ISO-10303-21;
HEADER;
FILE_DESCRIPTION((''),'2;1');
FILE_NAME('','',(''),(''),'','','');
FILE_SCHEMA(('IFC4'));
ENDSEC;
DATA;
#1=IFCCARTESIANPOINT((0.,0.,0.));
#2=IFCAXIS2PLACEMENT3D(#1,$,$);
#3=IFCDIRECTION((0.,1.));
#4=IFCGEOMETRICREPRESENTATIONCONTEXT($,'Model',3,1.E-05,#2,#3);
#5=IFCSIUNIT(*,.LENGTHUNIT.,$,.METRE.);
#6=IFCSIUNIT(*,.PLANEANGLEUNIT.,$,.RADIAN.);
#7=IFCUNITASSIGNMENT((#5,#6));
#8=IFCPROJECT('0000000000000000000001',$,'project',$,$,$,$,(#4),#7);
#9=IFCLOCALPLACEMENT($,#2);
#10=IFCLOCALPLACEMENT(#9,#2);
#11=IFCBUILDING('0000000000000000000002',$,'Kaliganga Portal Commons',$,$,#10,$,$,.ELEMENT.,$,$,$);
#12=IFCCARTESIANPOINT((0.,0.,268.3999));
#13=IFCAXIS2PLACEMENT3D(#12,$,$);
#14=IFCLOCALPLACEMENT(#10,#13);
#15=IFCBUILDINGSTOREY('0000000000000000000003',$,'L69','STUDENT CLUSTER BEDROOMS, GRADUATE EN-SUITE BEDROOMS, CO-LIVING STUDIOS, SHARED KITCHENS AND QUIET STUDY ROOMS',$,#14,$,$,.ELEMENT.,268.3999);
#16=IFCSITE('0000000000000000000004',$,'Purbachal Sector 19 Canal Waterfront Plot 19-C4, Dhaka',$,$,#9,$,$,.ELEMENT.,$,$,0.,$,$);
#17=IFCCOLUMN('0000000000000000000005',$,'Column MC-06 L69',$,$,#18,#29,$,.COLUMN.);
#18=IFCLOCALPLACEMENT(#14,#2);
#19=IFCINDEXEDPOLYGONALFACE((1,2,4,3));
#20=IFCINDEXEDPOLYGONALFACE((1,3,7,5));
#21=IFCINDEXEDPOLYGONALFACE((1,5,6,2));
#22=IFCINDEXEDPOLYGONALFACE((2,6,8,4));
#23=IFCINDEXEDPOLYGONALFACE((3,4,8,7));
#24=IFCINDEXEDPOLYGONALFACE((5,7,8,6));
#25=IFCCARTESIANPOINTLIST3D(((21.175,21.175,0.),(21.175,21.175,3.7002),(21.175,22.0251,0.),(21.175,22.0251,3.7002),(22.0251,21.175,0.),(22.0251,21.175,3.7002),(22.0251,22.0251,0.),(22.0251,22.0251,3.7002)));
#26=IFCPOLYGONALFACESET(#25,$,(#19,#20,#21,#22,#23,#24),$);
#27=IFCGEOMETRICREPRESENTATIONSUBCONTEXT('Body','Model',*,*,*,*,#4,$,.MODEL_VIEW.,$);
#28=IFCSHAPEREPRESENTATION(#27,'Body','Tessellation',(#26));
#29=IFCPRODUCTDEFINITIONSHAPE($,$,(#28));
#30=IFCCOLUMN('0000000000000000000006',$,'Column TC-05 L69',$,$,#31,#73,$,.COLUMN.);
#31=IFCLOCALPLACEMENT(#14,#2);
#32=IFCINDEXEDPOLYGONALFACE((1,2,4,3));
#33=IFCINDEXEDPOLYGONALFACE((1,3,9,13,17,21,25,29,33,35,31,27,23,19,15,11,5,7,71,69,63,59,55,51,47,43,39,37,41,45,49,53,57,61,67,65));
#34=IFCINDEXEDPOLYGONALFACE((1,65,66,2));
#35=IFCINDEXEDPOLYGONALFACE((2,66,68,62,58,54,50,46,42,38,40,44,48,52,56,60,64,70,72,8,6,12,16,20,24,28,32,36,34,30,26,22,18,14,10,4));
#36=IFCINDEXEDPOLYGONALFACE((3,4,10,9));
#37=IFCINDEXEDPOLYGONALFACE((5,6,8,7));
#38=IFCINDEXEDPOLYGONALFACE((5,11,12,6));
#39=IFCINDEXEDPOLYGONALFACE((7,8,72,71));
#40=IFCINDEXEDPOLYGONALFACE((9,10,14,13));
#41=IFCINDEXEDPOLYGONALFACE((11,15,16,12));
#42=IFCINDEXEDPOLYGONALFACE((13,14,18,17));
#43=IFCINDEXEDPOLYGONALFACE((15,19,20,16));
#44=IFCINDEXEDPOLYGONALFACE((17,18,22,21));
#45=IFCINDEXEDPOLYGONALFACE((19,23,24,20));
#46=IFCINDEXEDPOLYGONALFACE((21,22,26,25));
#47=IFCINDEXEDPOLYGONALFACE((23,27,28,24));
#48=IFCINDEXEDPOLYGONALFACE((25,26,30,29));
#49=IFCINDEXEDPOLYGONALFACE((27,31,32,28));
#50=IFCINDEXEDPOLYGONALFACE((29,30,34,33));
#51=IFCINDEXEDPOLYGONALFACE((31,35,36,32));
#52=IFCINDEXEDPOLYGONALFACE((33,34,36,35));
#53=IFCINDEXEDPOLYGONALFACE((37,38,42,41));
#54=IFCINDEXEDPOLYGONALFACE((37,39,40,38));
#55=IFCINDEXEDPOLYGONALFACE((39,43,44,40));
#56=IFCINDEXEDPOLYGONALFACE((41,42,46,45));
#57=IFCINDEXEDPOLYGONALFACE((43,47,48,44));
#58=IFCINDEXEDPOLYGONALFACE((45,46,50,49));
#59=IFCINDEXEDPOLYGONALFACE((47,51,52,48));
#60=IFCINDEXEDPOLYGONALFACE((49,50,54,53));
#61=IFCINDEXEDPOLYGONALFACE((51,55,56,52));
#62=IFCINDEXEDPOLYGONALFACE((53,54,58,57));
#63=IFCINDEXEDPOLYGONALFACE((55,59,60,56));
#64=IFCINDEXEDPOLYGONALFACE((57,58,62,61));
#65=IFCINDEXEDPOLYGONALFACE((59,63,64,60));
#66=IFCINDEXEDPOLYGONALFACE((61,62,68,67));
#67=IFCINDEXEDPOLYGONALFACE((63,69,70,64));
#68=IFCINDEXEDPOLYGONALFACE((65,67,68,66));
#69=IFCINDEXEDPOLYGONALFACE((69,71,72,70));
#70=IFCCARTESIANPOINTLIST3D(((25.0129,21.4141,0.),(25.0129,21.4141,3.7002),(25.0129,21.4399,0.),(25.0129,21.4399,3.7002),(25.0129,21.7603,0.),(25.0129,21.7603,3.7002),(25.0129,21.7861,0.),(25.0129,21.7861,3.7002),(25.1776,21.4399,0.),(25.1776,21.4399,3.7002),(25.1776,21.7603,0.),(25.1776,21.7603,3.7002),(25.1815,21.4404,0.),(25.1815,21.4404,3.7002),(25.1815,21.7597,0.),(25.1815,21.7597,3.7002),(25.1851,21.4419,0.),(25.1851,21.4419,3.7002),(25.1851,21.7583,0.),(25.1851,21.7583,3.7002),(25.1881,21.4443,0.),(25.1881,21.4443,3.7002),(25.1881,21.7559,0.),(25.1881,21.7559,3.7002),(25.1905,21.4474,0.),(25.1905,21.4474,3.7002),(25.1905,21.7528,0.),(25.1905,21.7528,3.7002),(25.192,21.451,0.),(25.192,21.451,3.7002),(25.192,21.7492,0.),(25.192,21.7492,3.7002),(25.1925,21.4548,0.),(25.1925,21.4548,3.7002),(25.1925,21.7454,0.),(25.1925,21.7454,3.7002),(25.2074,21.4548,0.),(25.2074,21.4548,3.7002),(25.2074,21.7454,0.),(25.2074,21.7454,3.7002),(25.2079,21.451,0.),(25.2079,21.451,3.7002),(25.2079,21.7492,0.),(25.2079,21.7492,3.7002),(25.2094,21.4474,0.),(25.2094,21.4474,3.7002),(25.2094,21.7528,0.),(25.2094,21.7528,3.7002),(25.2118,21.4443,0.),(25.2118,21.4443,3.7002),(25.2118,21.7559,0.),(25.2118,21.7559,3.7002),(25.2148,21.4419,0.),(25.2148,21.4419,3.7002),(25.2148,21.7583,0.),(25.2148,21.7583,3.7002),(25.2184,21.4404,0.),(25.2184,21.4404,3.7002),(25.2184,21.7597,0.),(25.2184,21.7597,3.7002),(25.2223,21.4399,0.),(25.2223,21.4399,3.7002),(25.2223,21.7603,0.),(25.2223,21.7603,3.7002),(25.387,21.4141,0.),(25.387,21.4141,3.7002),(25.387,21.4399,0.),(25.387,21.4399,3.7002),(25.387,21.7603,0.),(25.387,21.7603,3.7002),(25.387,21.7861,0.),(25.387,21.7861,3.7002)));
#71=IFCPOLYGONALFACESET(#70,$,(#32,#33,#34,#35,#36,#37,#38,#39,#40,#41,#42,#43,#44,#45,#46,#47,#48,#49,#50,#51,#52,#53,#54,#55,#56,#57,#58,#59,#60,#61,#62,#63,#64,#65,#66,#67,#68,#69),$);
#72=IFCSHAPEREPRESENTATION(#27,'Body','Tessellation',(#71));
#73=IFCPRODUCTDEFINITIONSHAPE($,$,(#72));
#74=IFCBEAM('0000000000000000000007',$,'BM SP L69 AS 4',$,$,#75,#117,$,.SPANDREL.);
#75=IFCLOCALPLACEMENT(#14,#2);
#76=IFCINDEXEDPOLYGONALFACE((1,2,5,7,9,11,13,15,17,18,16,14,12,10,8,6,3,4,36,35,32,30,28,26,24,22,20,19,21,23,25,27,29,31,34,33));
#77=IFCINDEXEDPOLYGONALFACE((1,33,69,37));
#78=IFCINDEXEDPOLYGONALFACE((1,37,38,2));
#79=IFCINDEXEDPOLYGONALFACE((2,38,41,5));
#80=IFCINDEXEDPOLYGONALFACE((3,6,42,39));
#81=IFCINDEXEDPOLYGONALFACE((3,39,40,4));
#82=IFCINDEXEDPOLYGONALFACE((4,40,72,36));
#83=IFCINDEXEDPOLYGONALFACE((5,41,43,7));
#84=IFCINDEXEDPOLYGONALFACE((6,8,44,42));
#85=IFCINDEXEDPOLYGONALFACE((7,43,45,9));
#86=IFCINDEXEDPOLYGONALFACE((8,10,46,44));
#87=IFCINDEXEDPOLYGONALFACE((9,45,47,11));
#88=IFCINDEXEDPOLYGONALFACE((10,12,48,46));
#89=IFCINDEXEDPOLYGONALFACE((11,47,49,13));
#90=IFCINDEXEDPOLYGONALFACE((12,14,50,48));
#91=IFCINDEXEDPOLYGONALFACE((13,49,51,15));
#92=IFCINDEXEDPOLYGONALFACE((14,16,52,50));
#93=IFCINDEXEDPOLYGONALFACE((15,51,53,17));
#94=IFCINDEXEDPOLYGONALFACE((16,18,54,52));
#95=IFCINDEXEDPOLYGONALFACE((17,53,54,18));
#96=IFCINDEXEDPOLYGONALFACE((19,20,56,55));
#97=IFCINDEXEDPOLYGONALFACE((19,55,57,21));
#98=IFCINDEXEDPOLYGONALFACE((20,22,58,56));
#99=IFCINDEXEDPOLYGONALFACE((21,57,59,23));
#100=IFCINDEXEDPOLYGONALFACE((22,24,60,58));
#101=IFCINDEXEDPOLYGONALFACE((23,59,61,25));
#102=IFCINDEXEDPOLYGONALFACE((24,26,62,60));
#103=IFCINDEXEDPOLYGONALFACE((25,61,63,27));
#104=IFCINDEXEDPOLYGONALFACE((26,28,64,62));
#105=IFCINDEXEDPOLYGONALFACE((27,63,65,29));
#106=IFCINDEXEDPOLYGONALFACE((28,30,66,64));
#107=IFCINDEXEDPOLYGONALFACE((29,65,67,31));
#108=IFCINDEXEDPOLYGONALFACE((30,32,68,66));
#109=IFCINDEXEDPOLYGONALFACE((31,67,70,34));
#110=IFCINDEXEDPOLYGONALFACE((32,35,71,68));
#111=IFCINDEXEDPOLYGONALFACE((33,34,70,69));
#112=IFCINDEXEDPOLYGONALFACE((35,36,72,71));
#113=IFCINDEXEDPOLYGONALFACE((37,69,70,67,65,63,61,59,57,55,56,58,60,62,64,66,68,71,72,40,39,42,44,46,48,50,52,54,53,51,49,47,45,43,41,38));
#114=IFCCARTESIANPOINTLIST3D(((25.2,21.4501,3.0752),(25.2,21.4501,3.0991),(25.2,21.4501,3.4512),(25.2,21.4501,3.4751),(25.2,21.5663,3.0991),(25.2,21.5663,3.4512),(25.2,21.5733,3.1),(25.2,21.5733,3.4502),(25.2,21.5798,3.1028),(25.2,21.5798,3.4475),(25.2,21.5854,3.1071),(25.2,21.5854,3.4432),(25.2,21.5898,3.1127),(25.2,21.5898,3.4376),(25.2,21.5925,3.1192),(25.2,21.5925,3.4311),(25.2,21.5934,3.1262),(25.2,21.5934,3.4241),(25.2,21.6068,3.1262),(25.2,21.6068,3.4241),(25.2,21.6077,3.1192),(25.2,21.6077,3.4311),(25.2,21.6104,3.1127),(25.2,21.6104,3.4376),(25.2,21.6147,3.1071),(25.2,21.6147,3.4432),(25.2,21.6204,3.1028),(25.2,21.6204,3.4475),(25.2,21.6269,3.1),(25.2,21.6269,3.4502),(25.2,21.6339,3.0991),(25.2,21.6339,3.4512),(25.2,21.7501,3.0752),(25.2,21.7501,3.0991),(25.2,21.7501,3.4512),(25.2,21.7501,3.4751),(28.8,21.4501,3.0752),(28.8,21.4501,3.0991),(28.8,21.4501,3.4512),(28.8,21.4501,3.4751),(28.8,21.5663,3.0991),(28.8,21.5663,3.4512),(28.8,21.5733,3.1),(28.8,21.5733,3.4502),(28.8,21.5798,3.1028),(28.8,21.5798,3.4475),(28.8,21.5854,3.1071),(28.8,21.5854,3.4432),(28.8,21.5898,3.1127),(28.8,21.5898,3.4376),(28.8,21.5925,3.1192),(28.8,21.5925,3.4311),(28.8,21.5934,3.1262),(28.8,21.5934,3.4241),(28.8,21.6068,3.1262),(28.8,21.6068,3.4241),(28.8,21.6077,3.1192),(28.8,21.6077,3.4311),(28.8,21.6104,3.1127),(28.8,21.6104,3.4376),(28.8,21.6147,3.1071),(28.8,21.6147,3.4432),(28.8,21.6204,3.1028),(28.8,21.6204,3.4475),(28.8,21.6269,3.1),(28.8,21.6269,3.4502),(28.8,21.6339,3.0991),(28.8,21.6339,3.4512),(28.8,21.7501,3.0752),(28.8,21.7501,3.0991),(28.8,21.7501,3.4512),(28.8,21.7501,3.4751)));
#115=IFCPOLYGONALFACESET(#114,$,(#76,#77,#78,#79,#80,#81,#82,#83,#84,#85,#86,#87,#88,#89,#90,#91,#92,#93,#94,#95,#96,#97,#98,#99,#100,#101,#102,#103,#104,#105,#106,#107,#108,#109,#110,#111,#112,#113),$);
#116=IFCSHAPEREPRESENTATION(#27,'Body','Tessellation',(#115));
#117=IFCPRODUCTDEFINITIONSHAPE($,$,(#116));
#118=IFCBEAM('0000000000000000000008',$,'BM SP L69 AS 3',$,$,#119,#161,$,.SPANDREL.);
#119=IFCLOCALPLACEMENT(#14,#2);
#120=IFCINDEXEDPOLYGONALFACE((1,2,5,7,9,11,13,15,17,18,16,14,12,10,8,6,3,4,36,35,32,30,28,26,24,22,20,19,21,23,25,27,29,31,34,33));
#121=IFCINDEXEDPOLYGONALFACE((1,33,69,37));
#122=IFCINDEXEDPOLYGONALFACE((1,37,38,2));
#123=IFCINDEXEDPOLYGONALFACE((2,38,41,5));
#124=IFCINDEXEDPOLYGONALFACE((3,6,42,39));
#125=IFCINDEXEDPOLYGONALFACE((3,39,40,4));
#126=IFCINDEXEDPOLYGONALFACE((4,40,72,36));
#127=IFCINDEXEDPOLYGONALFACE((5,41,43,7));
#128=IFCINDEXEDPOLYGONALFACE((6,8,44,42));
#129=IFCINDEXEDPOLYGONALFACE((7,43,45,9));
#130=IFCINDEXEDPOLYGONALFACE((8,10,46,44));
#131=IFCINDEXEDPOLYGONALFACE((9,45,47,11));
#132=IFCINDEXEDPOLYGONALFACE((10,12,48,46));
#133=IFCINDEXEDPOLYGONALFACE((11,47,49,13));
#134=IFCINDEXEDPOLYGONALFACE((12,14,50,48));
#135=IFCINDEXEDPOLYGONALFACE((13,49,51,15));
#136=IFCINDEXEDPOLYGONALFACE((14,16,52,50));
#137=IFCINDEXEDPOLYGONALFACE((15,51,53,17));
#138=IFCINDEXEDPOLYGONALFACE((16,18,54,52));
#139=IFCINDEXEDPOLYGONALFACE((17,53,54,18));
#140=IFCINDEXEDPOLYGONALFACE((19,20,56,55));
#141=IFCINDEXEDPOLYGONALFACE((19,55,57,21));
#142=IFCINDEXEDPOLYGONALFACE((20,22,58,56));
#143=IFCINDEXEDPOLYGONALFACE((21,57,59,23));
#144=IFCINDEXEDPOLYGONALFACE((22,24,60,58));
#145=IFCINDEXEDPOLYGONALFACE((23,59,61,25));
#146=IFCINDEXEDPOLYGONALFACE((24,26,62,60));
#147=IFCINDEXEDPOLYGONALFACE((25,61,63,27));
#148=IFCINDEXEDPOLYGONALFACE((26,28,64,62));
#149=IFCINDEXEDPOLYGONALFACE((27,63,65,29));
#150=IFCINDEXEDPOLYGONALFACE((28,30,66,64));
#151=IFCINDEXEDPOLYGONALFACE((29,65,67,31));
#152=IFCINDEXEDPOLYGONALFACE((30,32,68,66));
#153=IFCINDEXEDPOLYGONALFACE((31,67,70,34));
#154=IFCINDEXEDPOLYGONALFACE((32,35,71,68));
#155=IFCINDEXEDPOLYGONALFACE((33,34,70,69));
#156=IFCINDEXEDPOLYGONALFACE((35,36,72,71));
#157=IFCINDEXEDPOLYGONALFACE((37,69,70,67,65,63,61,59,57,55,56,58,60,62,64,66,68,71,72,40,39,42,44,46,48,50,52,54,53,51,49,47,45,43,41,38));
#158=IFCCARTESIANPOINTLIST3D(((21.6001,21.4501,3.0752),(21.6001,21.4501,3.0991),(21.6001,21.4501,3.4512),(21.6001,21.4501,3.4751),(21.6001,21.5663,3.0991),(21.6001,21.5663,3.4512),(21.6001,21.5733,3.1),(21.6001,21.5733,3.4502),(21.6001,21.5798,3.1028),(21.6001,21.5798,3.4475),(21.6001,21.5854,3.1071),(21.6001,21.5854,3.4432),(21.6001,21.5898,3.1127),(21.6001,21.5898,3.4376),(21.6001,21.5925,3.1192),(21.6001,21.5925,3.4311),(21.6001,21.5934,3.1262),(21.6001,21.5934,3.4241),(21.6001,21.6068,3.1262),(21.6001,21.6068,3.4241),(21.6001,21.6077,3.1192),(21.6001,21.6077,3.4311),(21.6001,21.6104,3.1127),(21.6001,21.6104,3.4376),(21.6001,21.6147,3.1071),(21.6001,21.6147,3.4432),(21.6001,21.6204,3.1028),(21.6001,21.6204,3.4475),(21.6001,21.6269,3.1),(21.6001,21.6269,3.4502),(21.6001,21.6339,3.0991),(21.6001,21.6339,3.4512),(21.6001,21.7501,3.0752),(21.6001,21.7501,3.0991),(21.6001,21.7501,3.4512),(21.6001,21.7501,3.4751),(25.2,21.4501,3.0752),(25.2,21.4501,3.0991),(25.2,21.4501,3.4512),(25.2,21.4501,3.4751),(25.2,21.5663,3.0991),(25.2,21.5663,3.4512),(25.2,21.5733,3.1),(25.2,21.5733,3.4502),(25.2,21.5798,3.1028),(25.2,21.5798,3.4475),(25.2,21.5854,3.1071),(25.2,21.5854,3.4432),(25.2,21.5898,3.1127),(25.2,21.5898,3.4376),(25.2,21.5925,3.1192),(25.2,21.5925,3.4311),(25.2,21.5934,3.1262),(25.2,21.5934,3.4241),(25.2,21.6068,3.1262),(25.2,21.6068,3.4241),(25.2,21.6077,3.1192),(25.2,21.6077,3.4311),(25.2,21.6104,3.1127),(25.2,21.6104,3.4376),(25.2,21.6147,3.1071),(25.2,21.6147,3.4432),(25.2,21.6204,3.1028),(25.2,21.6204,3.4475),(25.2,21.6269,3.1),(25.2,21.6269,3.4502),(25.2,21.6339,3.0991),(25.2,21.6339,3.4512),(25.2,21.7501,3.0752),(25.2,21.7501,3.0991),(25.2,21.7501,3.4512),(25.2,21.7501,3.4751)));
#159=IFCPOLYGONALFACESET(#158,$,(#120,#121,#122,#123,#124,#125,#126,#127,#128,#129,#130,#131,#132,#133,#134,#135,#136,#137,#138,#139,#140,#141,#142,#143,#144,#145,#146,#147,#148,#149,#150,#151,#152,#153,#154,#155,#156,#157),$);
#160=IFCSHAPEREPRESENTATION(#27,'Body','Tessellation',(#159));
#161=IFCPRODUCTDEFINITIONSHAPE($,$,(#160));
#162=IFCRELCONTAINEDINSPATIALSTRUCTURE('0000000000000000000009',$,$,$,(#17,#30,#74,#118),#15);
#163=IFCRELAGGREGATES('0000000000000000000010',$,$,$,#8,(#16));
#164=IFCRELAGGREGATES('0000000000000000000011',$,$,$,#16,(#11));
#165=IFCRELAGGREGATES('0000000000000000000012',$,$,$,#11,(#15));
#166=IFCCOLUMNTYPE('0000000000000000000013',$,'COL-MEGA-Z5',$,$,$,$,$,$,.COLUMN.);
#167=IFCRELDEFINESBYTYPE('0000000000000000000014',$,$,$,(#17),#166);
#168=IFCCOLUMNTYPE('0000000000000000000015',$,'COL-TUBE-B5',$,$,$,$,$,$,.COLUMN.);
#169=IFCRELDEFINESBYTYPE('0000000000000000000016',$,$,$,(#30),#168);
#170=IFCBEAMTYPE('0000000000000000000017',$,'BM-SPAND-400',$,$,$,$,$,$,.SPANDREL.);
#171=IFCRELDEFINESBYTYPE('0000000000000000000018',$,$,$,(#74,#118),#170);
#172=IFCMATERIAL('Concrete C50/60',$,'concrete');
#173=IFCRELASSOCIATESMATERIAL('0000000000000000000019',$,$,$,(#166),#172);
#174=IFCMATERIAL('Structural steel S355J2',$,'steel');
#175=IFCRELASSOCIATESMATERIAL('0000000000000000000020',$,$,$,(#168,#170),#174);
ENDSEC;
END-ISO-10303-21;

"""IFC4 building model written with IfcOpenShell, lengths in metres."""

from ifc_helpers import new_model, si_unit, direction, frame, origin, origin_2d, place, context, subcontext, project, spatial, rectangle, i_section, extrude, source, transform, mapped, material, material_profile, profile_set, type_object, element, save


model = new_model("IFC4")

# Units and contexts
model_context = context("Model", 3, precision=1e-05, world=origin(), true_north=direction((0.0, 1.0)))
body_context = subcontext(model_context, "Body", "Model", "MODEL_VIEW")
ifc_project = project(units=[si_unit("LENGTHUNIT", "METRE"), si_unit("PLANEANGLEUNIT", "RADIAN")], contexts=[model_context])

# Site, building, storey
site_placement = place(None, origin())
site = spatial("IfcSite", under=ifc_project, at=site_placement, Name="Purbachal Sector 19 Canal Waterfront Plot 19-C4, Dhaka", CompositionType="ELEMENT", RefElevation=0.0)
building_placement = place(site_placement, origin())
building = spatial("IfcBuilding", under=site, at=building_placement, Name="Kaliganga Portal Commons", CompositionType="ELEMENT")
storey_placement = place(building_placement, frame((0.0, 0.0, 268.3999)))
storey = spatial("IfcBuildingStorey", under=building, at=storey_placement, Name="L69", Description="STUDENT CLUSTER BEDROOMS, GRADUATE EN-SUITE BEDROOMS, CO-LIVING STUDIOS, SHARED KITCHENS AND QUIET STUDY ROOMS", CompositionType="ELEMENT", Elevation=268.3999)

# Columns
ifc_material_1 = material(Name="Concrete C50/60", Category="concrete")
ifc_material_profile_1 = material_profile(ifc_material_1, rectangle(XDim=0.8501, YDim=0.8501, at=origin_2d()), Name="RC 850x850")
ifc_profile_set_1 = profile_set([ifc_material_profile_1], Name="Concrete C50/60")
column_type_1 = type_object("IfcColumnType", Name="COL-MEGA-Z5", PredefinedType="COLUMN", material=ifc_profile_set_1)
shared_shape_1 = source(origin(), body_context, "Body", "SweptSolid", [
    extrude(rectangle(XDim=0.8501, YDim=0.8501, at=origin_2d()), origin(), (0.0, 0.0, 1.0), 3.7002),
])
column_1_placement = place(storey_placement, frame((21.6001, 21.6001, 0.0), z_axis=(0.0, 0.0, 1.0), x_axis=(1.0, 0.0, 0.0)))
element("IfcColumn", 1, at=column_1_placement, inside=storey, type_object=column_type_1, Name="Column MC-06 L69", PredefinedType="COLUMN", context=body_context, shape_type="MappedRepresentation", body=[
    mapped(shared_shape_1, transform((0.0, 0.0, 0.0), x_axis=(1.0, 0.0, 0.0), y_axis=(0.0, 1.0, 0.0), z_axis=(0.0, 0.0, 1.0), scale=1.0)),
])
ifc_material_2 = material(Name="Structural steel S355J2", Category="steel")
ifc_material_profile_2 = material_profile(ifc_material_2, i_section(OverallWidth=0.374, OverallDepth=0.3721, WebThickness=0.0149, FlangeThickness=0.0259, FilletRadius=0.0149, at=origin_2d()), Name="HD 360x196")
ifc_profile_set_2 = profile_set([ifc_material_profile_2], Name="Structural steel S355J2 wide-flange")
column_type_2 = type_object("IfcColumnType", Name="COL-TUBE-B5", PredefinedType="COLUMN", material=ifc_profile_set_2)
shared_shape_2 = source(origin(), body_context, "Body", "SweptSolid", [
    extrude(i_section(OverallWidth=0.374, OverallDepth=0.3721, WebThickness=0.0149, FlangeThickness=0.0259, FilletRadius=0.0149, at=origin_2d()), origin(), (0.0, 0.0, 1.0), 3.7002),
])
column_2_placement = place(storey_placement, frame((25.2, 21.6001, 0.0), z_axis=(0.0, 0.0, 1.0), x_axis=(1.0, 0.0, 0.0)))
element("IfcColumn", 2, at=column_2_placement, inside=storey, type_object=column_type_2, Name="Column TC-05 L69", PredefinedType="COLUMN", context=body_context, shape_type="MappedRepresentation", body=[
    mapped(shared_shape_2, transform((0.0, 0.0, 0.0), x_axis=(1.0, 0.0, 0.0), y_axis=(0.0, 1.0, 0.0), z_axis=(0.0, 0.0, 1.0), scale=1.0)),
])

# Beams
ifc_material_profile_3 = material_profile(ifc_material_2, i_section(OverallWidth=0.3, OverallDepth=0.3999, WebThickness=0.0134, FlangeThickness=0.0239, FilletRadius=0.0271, at=origin_2d()), Name="HE 400 B")
ifc_profile_set_3 = profile_set([ifc_material_profile_3], Name="Structural steel S355J2 wide-flange")
beam_type_1 = type_object("IfcBeamType", Name="BM-SPAND-400", PredefinedType="SPANDREL", material=ifc_profile_set_3)
shared_shape_3 = source(origin(), body_context, "Body", "SweptSolid", [
    extrude(i_section(OverallWidth=0.3, OverallDepth=0.3999, WebThickness=0.0134, FlangeThickness=0.0239, FilletRadius=0.0271, at=origin_2d()), origin(), (0.0, 0.0, 1.0), 3.6001),
])
beam_1_placement = place(storey_placement, frame((25.2, 21.6001, 3.2751), z_axis=(1.0, 0.0, 0.0), x_axis=(0.0, 1.0, 0.0)))
element("IfcBeam", 3, at=beam_1_placement, inside=storey, type_object=beam_type_1, Name="BM SP L69 AS 4", PredefinedType="SPANDREL", context=body_context, shape_type="MappedRepresentation", body=[
    mapped(shared_shape_3, transform((0.0, 0.0, 0.0), x_axis=(1.0, 0.0, 0.0), y_axis=(0.0, 1.0, 0.0), z_axis=(0.0, 0.0, 1.0), scale=1.0)),
])
shared_shape_4 = source(origin(), body_context, "Body", "SweptSolid", [
    extrude(i_section(OverallWidth=0.3, OverallDepth=0.3999, WebThickness=0.0134, FlangeThickness=0.0239, FilletRadius=0.0271, at=origin_2d()), origin(), (0.0, 0.0, 1.0), 3.5999),
])
beam_2_placement = place(storey_placement, frame((21.6001, 21.6001, 3.2751), z_axis=(1.0, 0.0, 0.0), x_axis=(0.0, 1.0, 0.0)))
element("IfcBeam", 4, at=beam_2_placement, inside=storey, type_object=beam_type_1, Name="BM SP L69 AS 3", PredefinedType="SPANDREL", context=body_context, shape_type="MappedRepresentation", body=[
    mapped(shared_shape_4, transform((0.0, 0.0, 0.0), x_axis=(1.0, 0.0, 0.0), y_axis=(0.0, 1.0, 0.0), z_axis=(0.0, 0.0, 1.0), scale=1.0)),
])

save(model, "model.ifc")
